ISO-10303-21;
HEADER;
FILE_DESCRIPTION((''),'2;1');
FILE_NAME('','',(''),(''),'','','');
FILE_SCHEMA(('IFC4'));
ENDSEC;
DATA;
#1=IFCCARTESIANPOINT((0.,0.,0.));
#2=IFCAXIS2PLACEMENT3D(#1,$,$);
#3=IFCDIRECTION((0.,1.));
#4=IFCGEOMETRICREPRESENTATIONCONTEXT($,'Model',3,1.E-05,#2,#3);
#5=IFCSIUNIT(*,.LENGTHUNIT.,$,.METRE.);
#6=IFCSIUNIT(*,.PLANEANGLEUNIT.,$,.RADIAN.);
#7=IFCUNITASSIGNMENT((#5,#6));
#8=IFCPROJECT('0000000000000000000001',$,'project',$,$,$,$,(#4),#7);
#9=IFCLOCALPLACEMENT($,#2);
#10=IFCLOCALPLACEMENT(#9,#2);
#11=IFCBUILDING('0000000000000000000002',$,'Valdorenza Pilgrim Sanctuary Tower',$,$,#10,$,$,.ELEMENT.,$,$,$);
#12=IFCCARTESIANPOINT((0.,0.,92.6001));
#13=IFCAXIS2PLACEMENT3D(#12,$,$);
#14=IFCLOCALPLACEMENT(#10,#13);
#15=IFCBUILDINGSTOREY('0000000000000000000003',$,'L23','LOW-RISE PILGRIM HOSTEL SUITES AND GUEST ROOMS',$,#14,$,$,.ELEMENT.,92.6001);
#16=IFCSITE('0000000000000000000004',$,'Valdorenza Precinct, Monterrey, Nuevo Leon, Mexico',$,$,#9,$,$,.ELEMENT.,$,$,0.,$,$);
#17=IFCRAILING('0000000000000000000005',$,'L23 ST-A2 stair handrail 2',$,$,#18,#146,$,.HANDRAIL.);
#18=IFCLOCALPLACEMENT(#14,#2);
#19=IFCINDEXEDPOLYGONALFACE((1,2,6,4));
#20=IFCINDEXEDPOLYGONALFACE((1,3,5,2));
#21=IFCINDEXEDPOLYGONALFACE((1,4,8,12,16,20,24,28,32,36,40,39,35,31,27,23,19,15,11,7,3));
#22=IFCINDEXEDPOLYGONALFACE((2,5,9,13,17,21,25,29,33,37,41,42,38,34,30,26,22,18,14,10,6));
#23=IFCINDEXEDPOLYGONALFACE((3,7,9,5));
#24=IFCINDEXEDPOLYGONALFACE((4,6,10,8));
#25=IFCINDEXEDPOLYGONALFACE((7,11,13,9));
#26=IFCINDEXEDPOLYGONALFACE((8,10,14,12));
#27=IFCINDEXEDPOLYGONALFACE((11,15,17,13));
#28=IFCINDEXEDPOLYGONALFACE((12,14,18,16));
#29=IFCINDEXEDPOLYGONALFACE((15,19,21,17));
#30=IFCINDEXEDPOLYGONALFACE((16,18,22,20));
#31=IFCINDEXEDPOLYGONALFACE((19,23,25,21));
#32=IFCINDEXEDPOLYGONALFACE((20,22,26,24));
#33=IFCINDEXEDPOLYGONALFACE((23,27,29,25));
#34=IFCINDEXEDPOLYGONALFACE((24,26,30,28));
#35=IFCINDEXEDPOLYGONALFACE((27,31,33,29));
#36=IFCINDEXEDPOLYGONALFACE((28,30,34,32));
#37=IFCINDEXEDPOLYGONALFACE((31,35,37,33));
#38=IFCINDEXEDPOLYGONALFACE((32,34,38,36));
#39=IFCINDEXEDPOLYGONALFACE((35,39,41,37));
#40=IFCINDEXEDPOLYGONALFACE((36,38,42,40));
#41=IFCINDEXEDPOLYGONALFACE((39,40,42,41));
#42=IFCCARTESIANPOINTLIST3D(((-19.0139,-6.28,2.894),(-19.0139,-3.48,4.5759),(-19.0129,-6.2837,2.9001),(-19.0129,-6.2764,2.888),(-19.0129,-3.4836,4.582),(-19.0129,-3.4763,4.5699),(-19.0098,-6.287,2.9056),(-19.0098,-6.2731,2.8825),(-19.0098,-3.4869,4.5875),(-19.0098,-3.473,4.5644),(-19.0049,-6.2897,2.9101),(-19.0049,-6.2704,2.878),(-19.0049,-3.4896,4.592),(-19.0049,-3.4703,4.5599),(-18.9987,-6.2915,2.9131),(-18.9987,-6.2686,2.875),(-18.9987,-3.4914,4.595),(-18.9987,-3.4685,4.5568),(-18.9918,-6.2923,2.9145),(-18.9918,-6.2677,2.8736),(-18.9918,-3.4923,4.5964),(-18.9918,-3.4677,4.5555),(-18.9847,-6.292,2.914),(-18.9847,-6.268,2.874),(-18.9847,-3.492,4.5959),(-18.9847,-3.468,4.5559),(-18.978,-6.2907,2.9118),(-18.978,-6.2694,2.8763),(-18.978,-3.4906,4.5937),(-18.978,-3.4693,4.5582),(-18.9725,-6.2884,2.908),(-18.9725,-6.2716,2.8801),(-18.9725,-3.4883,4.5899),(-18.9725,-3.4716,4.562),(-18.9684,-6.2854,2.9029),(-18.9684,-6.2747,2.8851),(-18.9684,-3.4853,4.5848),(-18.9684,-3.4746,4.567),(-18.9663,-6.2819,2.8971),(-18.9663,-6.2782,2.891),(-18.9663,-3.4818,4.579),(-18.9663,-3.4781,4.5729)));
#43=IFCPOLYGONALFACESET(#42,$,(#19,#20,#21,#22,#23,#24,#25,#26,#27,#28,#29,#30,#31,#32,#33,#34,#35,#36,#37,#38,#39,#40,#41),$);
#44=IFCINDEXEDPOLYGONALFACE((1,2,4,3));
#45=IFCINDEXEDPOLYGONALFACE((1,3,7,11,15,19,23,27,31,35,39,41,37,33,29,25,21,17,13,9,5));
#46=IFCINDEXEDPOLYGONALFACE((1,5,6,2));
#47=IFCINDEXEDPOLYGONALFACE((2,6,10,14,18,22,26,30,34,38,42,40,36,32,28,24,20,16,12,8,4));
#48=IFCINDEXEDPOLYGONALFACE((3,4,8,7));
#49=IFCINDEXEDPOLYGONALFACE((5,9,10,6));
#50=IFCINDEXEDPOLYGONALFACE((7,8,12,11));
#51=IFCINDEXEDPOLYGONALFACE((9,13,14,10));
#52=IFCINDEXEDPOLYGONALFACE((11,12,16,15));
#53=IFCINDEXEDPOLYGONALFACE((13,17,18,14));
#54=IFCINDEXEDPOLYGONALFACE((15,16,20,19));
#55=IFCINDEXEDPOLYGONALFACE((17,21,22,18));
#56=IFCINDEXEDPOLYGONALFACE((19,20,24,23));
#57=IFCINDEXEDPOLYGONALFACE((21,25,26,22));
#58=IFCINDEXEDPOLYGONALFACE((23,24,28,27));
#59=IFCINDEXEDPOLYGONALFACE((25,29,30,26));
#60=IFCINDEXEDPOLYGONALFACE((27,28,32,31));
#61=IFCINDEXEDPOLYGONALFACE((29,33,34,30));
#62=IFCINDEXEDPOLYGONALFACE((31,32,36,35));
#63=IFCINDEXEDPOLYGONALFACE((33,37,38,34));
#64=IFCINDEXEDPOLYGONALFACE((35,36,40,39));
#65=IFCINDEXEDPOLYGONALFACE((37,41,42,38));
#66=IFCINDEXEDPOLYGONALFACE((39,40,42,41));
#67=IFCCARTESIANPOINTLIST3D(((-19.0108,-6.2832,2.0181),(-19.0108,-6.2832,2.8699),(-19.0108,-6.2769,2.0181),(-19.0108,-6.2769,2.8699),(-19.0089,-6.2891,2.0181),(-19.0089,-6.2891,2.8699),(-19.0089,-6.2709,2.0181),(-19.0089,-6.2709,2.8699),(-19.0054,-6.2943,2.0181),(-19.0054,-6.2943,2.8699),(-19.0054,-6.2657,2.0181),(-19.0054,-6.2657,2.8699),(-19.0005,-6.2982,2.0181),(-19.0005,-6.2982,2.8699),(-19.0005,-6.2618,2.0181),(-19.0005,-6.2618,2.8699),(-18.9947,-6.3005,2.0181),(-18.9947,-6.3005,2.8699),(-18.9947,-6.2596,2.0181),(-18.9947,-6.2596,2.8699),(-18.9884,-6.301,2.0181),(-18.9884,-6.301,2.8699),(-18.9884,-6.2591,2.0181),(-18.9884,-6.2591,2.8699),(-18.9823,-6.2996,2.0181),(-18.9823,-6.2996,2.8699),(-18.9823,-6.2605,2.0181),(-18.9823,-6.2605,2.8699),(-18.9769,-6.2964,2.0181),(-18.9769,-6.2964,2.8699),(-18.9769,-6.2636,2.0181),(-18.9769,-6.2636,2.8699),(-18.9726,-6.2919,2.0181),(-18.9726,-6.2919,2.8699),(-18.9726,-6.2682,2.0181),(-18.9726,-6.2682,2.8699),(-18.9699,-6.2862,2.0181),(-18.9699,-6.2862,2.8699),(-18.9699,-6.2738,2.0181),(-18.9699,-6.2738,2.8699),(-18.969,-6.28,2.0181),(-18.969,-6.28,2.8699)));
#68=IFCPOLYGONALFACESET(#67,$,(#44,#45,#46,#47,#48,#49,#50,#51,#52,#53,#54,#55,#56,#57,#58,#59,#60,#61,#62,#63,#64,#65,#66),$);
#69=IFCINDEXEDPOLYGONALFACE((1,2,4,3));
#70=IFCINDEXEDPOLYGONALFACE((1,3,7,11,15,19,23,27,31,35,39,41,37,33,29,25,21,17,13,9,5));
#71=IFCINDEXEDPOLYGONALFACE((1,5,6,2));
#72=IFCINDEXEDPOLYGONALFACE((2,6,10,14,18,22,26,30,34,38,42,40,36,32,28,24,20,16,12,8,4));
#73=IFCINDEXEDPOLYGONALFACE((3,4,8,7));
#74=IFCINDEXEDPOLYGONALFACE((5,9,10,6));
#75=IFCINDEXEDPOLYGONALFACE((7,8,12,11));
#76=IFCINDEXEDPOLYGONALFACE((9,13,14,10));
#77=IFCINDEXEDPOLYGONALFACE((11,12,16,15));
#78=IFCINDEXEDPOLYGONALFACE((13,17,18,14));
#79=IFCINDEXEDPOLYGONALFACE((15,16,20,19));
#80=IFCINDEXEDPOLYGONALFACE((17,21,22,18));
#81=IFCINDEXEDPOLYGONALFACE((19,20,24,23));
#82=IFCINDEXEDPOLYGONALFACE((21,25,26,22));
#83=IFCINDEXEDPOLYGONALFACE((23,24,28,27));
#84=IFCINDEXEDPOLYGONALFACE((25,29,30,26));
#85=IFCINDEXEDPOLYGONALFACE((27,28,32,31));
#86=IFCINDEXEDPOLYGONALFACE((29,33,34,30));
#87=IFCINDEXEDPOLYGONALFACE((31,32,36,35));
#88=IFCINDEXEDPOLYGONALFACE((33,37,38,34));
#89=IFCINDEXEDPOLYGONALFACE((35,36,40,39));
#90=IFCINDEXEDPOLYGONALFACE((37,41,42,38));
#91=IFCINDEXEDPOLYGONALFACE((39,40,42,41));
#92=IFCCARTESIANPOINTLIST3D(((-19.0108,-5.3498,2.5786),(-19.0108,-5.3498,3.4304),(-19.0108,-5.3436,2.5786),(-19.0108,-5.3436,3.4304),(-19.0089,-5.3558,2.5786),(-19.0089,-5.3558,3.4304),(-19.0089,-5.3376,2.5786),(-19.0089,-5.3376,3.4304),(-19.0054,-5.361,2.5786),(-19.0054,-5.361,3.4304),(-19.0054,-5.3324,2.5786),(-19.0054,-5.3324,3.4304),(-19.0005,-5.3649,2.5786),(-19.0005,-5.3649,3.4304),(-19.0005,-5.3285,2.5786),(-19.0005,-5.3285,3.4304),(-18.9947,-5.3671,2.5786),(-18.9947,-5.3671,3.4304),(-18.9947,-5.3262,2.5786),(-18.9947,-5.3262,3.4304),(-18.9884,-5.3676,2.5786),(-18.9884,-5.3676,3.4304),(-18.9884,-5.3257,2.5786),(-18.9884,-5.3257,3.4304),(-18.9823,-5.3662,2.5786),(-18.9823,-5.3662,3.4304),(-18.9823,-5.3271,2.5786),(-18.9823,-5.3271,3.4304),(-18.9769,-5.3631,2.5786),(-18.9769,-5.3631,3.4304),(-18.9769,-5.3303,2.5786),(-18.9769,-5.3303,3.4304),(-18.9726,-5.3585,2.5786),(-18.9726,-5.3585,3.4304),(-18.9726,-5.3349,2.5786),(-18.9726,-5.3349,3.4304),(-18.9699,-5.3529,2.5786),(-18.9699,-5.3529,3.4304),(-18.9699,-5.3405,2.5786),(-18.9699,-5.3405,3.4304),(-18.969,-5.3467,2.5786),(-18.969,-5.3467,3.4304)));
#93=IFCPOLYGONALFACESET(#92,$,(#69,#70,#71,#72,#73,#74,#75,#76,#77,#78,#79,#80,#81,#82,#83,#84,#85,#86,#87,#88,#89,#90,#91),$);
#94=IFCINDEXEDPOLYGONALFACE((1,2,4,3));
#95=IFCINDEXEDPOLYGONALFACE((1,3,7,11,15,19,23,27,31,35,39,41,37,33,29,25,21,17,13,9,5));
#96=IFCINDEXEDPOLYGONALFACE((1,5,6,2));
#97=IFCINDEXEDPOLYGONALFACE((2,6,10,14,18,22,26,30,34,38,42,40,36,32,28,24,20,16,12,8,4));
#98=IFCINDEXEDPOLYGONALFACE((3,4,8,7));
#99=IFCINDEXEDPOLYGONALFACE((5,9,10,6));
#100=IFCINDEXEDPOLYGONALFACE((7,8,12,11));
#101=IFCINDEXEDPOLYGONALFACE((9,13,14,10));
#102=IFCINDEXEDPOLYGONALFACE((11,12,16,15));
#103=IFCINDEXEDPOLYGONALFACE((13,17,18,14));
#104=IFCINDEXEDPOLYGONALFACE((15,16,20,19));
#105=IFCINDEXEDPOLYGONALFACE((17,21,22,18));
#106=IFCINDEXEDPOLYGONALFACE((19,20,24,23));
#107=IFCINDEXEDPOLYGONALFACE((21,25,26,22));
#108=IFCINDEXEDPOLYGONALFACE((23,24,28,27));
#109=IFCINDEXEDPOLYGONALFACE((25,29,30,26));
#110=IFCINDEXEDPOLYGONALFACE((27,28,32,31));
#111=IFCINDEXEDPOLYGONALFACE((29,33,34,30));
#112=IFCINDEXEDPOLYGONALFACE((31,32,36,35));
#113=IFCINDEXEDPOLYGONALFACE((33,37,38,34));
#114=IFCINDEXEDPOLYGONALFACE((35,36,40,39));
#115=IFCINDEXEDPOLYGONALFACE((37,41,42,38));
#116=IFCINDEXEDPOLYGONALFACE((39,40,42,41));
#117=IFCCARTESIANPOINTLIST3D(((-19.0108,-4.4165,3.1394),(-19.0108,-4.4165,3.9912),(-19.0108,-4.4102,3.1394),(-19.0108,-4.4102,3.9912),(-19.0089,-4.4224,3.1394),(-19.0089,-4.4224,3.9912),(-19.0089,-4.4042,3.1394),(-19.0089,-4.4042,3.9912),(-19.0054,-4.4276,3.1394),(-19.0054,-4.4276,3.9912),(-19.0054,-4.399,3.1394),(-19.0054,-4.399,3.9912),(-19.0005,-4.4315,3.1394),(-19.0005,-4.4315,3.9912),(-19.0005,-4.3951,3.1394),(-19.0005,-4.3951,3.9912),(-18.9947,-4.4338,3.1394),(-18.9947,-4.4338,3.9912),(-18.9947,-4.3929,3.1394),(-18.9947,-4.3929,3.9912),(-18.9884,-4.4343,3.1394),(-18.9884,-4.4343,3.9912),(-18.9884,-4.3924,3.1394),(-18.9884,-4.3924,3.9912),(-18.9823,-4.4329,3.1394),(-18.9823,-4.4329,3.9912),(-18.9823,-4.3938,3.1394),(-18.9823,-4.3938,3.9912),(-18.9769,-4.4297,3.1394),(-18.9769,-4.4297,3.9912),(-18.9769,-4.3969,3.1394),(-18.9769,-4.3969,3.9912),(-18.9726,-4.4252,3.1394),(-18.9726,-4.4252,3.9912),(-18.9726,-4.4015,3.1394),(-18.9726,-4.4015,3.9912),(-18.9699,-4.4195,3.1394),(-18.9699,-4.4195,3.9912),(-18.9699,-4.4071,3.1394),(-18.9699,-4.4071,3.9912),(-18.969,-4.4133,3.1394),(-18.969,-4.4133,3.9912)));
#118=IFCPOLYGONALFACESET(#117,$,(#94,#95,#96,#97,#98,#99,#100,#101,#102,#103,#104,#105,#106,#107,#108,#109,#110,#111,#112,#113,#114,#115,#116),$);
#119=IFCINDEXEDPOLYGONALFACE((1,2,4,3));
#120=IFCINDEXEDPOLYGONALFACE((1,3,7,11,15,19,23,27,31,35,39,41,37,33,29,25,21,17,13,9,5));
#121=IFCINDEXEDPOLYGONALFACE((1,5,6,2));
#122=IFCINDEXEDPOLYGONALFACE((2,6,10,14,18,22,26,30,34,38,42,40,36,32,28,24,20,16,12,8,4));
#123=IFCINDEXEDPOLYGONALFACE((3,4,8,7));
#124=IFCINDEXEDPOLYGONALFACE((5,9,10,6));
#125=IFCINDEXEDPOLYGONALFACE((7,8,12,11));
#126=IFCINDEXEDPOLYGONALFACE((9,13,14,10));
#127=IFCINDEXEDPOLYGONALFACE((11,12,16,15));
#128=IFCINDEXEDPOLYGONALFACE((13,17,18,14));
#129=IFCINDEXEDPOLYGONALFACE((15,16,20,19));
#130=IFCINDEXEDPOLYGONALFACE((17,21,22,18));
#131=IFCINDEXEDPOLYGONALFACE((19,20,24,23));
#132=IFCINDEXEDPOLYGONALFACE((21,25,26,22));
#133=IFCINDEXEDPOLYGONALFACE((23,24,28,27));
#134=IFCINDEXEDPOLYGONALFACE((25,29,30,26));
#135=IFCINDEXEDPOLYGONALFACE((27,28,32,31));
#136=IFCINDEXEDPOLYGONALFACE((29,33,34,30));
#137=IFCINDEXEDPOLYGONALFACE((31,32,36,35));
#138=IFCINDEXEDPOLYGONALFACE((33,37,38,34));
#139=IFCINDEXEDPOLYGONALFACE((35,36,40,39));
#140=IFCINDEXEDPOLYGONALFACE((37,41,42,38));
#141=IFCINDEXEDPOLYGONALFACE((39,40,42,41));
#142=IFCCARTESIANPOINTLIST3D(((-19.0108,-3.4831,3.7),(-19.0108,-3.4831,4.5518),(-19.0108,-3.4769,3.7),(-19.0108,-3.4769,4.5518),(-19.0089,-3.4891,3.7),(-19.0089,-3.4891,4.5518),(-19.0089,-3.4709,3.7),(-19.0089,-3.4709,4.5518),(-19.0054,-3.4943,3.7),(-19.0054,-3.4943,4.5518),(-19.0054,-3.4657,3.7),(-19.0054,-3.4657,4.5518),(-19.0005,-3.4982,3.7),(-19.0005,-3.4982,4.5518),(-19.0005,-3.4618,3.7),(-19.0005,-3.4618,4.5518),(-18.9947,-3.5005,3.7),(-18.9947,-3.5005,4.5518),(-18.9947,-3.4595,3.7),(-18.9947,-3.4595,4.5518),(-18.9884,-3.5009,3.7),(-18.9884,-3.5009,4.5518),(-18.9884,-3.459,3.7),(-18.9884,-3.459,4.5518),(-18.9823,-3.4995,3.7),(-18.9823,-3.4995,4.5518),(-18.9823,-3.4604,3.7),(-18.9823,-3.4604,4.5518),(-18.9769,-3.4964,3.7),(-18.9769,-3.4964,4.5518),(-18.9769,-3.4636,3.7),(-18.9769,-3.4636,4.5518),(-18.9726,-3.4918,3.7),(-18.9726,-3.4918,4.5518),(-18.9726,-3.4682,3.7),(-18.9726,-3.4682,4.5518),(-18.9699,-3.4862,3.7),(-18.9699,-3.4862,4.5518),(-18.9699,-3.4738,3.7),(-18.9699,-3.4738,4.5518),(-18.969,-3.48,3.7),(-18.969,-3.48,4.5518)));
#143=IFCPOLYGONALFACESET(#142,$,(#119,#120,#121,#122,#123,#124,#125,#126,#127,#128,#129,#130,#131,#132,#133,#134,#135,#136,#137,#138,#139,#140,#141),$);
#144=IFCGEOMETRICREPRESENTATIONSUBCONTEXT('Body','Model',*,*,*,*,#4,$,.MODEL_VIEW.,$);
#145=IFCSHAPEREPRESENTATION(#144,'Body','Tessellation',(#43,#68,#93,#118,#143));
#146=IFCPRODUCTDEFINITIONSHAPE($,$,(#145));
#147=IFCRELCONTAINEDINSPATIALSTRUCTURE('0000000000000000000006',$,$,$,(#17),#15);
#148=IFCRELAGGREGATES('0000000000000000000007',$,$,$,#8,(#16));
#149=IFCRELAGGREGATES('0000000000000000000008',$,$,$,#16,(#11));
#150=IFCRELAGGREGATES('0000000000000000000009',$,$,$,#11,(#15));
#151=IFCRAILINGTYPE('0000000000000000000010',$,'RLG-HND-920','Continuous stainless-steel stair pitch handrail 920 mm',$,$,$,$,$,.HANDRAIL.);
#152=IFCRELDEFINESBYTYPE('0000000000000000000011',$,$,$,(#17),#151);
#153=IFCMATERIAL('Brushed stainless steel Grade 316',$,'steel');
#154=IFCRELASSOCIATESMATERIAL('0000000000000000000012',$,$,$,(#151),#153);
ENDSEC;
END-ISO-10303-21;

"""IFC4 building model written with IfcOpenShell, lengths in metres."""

from ifc_helpers import new_model, si_unit, direction, frame, origin, origin_2d, place, context, subcontext, project, spatial, circle, extrude, material, type_object, element, save


model = new_model("IFC4")

# Units and contexts
model_context = context("Model", 3, precision=1e-05, world=origin(), true_north=direction((0.0, 1.0)))
body_context = subcontext(model_context, "Body", "Model", "MODEL_VIEW")
ifc_project = project(units=[si_unit("LENGTHUNIT", "METRE"), si_unit("PLANEANGLEUNIT", "RADIAN")], contexts=[model_context])

# Site, building, storey
site_placement = place(None, origin())
site = spatial("IfcSite", under=ifc_project, at=site_placement, Name="Valdorenza Precinct, Monterrey, Nuevo Leon, Mexico", CompositionType="ELEMENT", RefElevation=0.0)
building_placement = place(site_placement, origin())
building = spatial("IfcBuilding", under=site, at=building_placement, Name="Valdorenza Pilgrim Sanctuary Tower", CompositionType="ELEMENT")
storey_placement = place(building_placement, frame((0.0, 0.0, 92.6001)))
storey = spatial("IfcBuildingStorey", under=building, at=storey_placement, Name="L23", Description="LOW-RISE PILGRIM HOSTEL SUITES AND GUEST ROOMS", CompositionType="ELEMENT", Elevation=92.6001)

# Shared definitions
ifc_material_1 = material(Name="Brushed stainless steel Grade 316", Category="steel")

# Railing
railing_type_1 = type_object("IfcRailingType", Name="RLG-HND-920", Description="Continuous stainless-steel stair pitch handrail 920 mm", PredefinedType="HANDRAIL", material=ifc_material_1)
railing_1_placement = place(storey_placement, frame((-18.99, -6.28, 2.0181)))
element("IfcRailing", 1, at=railing_1_placement, inside=storey, type_object=railing_type_1, Name="L23 ST-A2 stair handrail 2", PredefinedType="HANDRAIL", context=body_context, shape_type="SweptSolid", body=[
    extrude(circle(Radius=0.0239, at=origin_2d()), frame((0.0, 0.0, 0.876), z_axis=(0.0, 0.857242, 0.514913), x_axis=(-1.0, 0.0, 0.0)), (0.0, 0.0, 1.0), 3.2664),
    extrude(circle(Radius=0.021, at=origin_2d()), origin(), (0.0, 0.0, 1.0), 0.8518),
    extrude(circle(Radius=0.021, at=origin_2d()), frame((0.0, 0.9333, 0.5605)), (0.0, 0.0, 1.0), 0.8518),
    extrude(circle(Radius=0.021, at=origin_2d()), frame((0.0, 1.8667, 1.1213)), (0.0, 0.0, 1.0), 0.8518),
    extrude(circle(Radius=0.021, at=origin_2d()), frame((0.0, 2.8, 1.6819)), (0.0, 0.0, 1.0), 0.8518),
])

save(model, "model.ifc")
